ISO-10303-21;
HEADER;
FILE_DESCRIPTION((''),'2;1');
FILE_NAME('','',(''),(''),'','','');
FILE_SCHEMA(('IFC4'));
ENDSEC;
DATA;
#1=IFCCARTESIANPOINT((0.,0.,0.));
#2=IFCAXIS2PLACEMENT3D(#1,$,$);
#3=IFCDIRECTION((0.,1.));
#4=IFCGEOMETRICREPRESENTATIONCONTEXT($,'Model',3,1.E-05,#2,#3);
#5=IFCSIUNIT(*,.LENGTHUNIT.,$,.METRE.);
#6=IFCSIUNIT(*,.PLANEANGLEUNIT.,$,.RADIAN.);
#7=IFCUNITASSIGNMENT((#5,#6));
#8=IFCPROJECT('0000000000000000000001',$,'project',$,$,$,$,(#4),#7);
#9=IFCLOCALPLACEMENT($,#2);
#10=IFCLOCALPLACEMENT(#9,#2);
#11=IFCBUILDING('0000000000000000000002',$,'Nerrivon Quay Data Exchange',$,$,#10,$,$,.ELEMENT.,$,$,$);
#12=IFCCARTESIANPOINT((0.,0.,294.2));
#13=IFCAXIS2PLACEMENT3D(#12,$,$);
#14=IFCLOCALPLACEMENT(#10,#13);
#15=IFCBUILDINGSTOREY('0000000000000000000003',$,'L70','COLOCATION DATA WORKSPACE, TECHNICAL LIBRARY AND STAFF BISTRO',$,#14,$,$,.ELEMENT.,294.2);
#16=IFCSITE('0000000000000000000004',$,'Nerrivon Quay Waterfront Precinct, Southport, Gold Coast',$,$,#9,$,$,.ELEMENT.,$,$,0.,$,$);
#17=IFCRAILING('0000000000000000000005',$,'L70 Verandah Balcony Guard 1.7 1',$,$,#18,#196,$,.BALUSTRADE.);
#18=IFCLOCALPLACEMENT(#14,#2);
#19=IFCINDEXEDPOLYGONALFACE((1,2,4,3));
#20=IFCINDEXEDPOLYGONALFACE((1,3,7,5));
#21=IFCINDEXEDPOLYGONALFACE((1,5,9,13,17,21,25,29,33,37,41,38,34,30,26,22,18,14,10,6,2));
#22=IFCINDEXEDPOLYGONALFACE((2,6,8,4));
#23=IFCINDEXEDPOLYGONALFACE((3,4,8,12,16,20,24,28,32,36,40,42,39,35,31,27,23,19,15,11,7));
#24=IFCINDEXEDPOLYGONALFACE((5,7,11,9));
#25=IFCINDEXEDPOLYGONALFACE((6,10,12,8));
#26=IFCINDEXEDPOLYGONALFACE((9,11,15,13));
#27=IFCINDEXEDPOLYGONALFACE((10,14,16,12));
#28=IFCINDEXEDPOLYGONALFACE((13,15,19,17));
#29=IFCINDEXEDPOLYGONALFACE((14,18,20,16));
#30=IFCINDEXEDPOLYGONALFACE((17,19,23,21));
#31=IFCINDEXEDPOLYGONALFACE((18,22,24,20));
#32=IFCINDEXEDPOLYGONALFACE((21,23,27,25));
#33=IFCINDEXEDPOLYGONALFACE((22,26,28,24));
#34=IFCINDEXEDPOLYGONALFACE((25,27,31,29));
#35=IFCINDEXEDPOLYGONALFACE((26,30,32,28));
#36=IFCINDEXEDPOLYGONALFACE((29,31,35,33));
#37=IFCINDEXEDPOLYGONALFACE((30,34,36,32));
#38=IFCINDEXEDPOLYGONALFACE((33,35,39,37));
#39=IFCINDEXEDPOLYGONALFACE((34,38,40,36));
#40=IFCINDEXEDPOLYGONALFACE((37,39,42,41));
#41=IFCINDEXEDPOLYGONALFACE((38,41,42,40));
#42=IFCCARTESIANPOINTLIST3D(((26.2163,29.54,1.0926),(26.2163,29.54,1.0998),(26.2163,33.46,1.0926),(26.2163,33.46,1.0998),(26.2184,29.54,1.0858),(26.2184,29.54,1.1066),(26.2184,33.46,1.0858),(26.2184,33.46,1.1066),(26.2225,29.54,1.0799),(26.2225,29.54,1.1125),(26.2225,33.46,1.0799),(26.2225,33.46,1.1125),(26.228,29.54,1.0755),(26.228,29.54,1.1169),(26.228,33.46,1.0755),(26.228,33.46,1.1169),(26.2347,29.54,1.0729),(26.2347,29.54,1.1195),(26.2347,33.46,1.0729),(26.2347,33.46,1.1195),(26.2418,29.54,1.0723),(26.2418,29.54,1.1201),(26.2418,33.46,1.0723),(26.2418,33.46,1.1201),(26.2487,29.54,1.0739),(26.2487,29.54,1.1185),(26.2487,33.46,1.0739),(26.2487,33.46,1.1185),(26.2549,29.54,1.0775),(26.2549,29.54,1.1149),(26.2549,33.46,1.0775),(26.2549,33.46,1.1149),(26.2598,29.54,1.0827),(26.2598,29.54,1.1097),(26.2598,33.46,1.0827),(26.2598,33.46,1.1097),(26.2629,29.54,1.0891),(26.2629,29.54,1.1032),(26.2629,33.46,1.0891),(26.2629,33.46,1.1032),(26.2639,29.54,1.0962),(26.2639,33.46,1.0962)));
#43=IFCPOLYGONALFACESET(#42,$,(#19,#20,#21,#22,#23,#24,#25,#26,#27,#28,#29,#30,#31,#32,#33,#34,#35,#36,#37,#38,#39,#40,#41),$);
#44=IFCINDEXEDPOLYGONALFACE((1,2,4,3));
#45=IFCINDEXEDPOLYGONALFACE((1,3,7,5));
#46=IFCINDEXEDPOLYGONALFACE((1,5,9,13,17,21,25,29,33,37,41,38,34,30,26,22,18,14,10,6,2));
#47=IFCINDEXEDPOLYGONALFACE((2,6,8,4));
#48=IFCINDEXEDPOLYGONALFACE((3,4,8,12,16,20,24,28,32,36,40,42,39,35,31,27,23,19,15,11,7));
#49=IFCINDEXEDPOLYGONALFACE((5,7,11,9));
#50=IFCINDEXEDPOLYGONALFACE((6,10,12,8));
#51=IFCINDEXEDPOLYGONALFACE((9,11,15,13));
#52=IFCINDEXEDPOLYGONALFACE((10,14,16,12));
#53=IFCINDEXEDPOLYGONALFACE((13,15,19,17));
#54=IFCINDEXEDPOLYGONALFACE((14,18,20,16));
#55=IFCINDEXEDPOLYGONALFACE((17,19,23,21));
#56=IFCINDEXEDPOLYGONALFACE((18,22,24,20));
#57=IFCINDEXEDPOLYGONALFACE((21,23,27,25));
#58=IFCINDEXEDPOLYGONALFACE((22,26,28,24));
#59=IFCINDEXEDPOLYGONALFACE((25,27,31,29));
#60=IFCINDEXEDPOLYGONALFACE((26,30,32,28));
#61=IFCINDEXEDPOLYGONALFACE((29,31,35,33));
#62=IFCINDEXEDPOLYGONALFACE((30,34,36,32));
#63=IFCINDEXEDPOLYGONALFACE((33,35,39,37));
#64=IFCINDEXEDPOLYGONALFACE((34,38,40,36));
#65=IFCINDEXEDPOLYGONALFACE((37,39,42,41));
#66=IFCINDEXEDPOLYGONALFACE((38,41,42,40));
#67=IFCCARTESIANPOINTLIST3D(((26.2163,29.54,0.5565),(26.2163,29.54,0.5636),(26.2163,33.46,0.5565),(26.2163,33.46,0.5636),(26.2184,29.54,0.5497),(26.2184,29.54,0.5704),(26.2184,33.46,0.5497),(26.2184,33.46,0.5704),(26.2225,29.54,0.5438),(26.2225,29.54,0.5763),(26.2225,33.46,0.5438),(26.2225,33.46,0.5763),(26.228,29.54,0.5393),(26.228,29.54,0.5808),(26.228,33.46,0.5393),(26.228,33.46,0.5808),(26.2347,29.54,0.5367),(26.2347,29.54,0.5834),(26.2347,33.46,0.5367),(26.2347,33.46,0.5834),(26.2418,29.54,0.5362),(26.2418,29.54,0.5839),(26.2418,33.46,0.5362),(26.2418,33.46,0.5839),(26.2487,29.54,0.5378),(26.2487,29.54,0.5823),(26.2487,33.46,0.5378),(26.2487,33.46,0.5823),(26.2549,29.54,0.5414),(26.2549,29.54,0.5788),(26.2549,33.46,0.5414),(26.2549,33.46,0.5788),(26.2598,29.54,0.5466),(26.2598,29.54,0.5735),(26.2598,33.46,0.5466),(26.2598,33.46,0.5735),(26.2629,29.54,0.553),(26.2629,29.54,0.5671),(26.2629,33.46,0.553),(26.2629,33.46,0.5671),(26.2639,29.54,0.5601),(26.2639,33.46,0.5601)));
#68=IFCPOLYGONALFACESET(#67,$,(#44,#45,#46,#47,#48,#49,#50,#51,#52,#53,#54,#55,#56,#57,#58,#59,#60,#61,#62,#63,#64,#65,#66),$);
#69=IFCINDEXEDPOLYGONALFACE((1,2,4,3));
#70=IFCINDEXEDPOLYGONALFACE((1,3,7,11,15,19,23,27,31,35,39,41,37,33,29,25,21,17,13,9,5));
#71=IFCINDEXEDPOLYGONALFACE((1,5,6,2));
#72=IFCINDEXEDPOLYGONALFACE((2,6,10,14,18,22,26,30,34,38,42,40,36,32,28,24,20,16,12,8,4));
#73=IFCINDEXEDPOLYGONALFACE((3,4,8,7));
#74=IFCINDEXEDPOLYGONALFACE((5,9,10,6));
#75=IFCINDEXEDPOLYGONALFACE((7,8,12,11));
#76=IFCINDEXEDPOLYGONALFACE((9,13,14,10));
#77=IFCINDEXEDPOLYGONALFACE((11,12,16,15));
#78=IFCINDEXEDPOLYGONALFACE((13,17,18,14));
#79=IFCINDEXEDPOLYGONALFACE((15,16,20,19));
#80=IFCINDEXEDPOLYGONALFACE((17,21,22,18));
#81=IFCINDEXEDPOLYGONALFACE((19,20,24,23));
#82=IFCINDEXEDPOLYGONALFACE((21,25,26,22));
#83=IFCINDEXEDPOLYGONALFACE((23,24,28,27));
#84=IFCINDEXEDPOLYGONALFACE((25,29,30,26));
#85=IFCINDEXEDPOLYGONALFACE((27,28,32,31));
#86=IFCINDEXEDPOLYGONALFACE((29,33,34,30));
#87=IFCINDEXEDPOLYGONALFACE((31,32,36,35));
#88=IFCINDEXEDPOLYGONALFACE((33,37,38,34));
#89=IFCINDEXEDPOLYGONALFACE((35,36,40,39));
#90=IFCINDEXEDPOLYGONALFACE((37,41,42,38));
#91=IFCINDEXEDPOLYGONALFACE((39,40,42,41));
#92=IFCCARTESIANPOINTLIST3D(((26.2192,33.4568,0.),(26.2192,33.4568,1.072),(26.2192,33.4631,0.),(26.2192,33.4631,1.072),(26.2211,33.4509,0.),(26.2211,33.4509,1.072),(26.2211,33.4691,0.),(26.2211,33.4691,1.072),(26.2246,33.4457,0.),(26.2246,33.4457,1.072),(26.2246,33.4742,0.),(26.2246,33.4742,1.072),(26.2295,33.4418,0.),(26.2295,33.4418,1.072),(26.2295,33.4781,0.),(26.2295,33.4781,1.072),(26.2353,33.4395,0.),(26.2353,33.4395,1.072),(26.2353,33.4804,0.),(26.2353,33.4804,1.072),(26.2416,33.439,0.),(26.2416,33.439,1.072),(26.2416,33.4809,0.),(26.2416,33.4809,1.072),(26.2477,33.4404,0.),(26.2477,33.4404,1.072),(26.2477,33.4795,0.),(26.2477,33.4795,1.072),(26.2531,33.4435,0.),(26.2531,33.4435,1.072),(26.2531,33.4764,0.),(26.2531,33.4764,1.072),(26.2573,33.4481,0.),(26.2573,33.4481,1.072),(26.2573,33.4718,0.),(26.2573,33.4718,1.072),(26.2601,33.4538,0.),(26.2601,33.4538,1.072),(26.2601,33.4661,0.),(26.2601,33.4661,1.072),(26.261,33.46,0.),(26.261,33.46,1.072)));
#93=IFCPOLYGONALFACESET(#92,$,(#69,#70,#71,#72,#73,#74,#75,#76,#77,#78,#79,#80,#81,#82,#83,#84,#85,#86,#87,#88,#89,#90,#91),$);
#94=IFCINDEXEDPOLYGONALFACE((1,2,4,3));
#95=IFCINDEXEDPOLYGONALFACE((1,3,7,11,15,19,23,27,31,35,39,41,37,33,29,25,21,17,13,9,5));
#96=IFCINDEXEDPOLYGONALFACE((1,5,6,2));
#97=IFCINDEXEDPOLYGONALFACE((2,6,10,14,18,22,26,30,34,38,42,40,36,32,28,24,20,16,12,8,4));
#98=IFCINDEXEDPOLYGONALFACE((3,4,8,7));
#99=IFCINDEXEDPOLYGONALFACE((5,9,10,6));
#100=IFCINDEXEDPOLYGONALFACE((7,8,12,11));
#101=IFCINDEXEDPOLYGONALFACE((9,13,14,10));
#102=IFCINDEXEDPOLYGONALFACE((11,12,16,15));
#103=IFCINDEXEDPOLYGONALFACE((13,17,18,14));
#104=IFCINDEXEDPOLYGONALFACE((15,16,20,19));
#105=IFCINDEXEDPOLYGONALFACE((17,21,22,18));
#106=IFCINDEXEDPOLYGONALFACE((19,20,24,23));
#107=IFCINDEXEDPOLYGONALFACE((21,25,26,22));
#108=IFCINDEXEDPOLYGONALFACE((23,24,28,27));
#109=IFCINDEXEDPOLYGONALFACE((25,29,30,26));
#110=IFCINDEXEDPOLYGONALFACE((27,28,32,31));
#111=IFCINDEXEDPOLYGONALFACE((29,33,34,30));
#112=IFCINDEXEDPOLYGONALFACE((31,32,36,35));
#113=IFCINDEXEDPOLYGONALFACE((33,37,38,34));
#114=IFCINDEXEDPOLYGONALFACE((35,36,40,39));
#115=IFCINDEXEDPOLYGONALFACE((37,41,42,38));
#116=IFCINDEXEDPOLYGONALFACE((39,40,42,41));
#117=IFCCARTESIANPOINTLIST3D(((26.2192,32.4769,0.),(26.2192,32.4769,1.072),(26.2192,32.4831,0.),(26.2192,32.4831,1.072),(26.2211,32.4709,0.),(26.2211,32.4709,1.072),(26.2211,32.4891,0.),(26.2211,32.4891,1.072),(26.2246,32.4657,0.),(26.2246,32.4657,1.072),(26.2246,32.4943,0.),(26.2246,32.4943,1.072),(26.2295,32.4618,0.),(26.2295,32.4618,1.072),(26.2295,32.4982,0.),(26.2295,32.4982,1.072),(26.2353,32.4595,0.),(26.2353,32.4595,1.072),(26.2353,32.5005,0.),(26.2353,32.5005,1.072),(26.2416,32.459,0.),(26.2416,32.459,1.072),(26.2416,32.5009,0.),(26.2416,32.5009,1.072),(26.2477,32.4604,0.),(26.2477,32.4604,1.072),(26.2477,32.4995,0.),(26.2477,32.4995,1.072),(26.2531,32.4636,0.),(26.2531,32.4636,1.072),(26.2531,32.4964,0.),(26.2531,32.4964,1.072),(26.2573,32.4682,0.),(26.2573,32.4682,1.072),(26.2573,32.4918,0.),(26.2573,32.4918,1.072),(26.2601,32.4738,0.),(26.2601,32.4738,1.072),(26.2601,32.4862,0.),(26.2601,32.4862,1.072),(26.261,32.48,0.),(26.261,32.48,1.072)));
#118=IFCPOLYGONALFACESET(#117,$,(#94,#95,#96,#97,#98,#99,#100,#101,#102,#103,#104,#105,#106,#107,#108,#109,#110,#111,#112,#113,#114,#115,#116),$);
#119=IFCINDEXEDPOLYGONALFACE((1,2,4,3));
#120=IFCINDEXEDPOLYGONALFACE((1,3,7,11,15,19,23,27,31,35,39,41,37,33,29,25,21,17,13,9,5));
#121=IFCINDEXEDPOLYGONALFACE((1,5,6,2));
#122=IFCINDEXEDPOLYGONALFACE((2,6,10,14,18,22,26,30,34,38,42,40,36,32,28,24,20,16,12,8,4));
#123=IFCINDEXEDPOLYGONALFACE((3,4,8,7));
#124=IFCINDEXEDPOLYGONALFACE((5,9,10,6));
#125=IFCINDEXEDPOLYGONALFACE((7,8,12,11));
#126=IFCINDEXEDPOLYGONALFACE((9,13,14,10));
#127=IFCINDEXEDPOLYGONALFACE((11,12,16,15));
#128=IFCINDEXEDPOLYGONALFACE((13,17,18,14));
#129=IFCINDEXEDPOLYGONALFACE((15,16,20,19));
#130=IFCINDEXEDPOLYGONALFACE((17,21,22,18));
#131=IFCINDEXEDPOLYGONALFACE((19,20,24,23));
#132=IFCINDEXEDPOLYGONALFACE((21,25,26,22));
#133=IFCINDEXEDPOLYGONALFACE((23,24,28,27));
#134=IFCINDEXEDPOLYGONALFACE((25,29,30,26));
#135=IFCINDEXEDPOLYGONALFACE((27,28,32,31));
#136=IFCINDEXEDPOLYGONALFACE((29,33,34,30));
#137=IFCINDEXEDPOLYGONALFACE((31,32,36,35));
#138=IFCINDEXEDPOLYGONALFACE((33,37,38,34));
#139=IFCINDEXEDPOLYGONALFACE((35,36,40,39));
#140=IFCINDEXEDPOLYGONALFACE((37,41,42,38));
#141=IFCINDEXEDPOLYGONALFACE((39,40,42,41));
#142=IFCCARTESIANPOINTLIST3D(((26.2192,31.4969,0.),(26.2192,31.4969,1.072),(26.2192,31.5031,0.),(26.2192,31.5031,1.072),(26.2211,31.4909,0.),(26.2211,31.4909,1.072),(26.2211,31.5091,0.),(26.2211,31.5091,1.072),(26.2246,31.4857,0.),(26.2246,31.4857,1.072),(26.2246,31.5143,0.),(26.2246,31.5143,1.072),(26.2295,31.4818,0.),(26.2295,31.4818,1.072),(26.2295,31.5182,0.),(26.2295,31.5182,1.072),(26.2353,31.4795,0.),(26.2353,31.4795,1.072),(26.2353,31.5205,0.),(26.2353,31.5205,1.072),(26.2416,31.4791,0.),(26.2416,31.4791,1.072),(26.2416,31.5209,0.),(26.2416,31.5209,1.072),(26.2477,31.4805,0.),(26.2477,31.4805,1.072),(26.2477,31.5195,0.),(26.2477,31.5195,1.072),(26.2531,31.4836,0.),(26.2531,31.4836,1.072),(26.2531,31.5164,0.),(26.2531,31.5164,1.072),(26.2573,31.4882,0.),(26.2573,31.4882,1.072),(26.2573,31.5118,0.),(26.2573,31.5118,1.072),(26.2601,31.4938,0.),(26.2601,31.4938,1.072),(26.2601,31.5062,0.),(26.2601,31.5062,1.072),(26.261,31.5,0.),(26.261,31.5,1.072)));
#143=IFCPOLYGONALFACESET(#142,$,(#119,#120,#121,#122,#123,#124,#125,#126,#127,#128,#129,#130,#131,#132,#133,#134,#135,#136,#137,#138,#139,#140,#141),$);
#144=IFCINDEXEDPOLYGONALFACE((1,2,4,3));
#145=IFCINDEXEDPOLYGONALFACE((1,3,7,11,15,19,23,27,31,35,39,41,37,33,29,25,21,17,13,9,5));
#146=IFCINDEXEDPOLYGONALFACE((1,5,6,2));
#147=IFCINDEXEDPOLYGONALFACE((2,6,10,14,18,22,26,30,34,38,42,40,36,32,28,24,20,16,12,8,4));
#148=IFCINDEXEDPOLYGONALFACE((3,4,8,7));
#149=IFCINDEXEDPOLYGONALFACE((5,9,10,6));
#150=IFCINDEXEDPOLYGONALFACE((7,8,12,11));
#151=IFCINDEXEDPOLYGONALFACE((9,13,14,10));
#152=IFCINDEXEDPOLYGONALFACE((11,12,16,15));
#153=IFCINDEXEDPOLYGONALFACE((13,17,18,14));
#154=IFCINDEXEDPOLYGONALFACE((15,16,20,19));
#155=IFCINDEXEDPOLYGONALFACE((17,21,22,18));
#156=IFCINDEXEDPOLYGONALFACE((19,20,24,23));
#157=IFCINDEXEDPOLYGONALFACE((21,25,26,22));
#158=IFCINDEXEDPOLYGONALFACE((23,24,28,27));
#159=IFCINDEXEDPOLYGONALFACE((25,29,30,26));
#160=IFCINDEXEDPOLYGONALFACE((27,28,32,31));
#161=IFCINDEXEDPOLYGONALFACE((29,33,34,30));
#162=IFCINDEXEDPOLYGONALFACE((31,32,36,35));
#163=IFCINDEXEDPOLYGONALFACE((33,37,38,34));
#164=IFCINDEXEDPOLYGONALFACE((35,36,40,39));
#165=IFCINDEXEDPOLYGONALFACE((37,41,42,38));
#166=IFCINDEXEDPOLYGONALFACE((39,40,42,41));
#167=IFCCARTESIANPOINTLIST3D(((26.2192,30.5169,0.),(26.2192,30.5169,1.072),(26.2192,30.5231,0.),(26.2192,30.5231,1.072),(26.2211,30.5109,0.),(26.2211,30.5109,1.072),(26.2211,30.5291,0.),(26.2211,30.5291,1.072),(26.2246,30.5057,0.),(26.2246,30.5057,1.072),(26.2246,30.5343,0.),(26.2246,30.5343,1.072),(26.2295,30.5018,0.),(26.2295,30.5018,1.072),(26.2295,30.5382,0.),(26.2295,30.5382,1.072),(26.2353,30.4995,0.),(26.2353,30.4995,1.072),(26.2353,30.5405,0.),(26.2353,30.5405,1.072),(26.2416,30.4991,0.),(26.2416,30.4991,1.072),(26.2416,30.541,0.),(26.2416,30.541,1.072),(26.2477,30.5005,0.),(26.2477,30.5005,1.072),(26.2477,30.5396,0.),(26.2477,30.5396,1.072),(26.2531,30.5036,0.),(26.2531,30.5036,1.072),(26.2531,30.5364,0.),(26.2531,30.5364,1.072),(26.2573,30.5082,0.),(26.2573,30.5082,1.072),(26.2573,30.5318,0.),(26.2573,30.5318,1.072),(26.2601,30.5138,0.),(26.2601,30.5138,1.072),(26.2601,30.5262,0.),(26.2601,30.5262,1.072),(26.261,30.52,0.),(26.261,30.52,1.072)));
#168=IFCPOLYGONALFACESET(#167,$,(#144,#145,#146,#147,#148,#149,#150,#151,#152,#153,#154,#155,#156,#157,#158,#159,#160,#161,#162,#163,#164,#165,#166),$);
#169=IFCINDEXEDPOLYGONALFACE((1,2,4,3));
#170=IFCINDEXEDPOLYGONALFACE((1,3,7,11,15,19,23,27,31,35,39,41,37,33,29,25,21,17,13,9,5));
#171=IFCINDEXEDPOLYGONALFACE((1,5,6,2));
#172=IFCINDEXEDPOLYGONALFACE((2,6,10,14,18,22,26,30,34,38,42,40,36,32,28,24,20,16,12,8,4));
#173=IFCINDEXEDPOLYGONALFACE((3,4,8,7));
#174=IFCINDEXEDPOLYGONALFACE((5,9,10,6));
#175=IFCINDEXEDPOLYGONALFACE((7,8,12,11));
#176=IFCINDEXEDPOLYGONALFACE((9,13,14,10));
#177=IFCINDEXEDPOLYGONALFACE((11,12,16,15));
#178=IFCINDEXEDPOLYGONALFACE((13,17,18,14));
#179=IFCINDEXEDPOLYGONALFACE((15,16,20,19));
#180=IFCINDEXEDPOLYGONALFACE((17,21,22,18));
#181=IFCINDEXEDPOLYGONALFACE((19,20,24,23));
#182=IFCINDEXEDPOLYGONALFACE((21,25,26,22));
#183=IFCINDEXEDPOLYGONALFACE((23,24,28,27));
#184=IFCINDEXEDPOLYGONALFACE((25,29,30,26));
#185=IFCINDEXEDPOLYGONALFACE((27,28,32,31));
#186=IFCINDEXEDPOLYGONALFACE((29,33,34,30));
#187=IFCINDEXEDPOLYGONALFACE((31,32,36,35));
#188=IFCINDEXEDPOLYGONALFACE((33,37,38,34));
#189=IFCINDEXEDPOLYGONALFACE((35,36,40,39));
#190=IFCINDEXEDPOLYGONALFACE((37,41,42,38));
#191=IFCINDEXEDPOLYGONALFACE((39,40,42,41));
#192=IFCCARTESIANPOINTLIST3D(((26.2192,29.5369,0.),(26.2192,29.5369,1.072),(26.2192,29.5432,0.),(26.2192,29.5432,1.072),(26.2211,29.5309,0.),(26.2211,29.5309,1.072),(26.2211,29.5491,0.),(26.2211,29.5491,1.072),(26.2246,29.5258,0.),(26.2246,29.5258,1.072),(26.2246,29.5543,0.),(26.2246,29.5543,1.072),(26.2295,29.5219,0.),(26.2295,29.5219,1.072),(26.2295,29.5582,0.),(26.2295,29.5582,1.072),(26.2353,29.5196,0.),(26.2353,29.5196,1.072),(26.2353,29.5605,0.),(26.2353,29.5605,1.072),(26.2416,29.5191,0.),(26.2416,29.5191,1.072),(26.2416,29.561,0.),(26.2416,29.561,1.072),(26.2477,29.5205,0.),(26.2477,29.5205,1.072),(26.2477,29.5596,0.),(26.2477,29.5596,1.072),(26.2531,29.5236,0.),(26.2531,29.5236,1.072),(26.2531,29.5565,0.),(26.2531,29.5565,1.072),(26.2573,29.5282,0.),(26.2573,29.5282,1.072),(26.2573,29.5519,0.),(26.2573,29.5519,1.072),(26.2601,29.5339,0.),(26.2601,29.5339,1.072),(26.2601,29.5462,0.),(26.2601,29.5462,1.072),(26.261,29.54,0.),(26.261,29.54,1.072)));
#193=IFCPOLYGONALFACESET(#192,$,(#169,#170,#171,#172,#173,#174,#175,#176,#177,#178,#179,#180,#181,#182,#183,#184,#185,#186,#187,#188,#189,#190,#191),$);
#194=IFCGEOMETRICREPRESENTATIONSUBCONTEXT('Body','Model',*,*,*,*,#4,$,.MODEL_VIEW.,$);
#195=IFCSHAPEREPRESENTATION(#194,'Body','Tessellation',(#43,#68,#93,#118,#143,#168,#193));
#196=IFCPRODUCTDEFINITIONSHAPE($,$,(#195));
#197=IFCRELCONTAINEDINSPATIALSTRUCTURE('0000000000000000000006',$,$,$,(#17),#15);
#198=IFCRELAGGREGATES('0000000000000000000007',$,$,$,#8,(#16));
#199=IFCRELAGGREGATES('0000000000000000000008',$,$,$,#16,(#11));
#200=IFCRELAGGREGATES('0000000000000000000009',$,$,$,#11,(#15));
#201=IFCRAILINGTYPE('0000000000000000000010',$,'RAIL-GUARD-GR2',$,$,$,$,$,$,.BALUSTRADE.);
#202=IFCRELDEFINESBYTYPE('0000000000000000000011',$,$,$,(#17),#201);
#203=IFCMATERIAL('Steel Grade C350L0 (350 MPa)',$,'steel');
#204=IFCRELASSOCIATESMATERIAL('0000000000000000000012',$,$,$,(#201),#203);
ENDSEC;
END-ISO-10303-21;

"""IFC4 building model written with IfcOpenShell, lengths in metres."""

from ifc_helpers import new_model, si_unit, direction, frame, origin, origin_2d, place, context, subcontext, project, spatial, circle, extrude, material, type_object, element, save


model = new_model("IFC4")

# Units and contexts
model_context = context("Model", 3, precision=1e-05, world=origin(), true_north=direction((0.0, 1.0)))
body_context = subcontext(model_context, "Body", "Model", "MODEL_VIEW")
ifc_project = project(units=[si_unit("LENGTHUNIT", "METRE"), si_unit("PLANEANGLEUNIT", "RADIAN")], contexts=[model_context])

# Site, building, storey
site_placement = place(None, origin())
site = spatial("IfcSite", under=ifc_project, at=site_placement, Name="Nerrivon Quay Waterfront Precinct, Southport, Gold Coast", CompositionType="ELEMENT", RefElevation=0.0)
building_placement = place(site_placement, origin())
building = spatial("IfcBuilding", under=site, at=building_placement, Name="Nerrivon Quay Data Exchange", CompositionType="ELEMENT")
storey_placement = place(building_placement, frame((0.0, 0.0, 294.2)))
storey = spatial("IfcBuildingStorey", under=building, at=storey_placement, Name="L70", Description="COLOCATION DATA WORKSPACE, TECHNICAL LIBRARY AND STAFF BISTRO", CompositionType="ELEMENT", Elevation=294.2)

# Railing
ifc_material_1 = material(Name="Steel Grade C350L0 (350 MPa)", Category="steel")
railing_type = type_object("IfcRailingType", Name="RAIL-GUARD-GR2", PredefinedType="BALUSTRADE", material=ifc_material_1)
railing_1_placement = place(storey_placement, frame((26.24, 33.46, 0.0)))
element("IfcRailing", 1, at=railing_1_placement, inside=storey, type_object=railing_type, Name="L70 Verandah Balcony Guard 1.7 1", PredefinedType="BALUSTRADE", context=body_context, shape_type="SweptSolid", body=[
    extrude(circle(Radius=0.0239, at=origin_2d()), frame((0.0, 0.0, 1.0962), z_axis=(0.0, -1.0, 0.0), x_axis=(1.0, 0.0, 0.0)), (0.0, 0.0, 1.0), 3.9199),
    extrude(circle(Radius=0.0239, at=origin_2d()), frame((0.0, 0.0, 0.5601), z_axis=(0.0, -1.0, 0.0), x_axis=(1.0, 0.0, 0.0)), (0.0, 0.0, 1.0), 3.9199),
    extrude(circle(Radius=0.021, at=origin_2d()), origin(), (0.0, 0.0, 1.0), 1.072),
    extrude(circle(Radius=0.021, at=origin_2d()), frame((0.0, -0.98, 0.0)), (0.0, 0.0, 1.0), 1.072),
    extrude(circle(Radius=0.021, at=origin_2d()), frame((0.0, -1.96, 0.0)), (0.0, 0.0, 1.0), 1.072),
    extrude(circle(Radius=0.021, at=origin_2d()), frame((0.0, -2.9399, 0.0)), (0.0, 0.0, 1.0), 1.072),
    extrude(circle(Radius=0.021, at=origin_2d()), frame((0.0, -3.9199, 0.0)), (0.0, 0.0, 1.0), 1.072),
])

save(model, "model.ifc")
